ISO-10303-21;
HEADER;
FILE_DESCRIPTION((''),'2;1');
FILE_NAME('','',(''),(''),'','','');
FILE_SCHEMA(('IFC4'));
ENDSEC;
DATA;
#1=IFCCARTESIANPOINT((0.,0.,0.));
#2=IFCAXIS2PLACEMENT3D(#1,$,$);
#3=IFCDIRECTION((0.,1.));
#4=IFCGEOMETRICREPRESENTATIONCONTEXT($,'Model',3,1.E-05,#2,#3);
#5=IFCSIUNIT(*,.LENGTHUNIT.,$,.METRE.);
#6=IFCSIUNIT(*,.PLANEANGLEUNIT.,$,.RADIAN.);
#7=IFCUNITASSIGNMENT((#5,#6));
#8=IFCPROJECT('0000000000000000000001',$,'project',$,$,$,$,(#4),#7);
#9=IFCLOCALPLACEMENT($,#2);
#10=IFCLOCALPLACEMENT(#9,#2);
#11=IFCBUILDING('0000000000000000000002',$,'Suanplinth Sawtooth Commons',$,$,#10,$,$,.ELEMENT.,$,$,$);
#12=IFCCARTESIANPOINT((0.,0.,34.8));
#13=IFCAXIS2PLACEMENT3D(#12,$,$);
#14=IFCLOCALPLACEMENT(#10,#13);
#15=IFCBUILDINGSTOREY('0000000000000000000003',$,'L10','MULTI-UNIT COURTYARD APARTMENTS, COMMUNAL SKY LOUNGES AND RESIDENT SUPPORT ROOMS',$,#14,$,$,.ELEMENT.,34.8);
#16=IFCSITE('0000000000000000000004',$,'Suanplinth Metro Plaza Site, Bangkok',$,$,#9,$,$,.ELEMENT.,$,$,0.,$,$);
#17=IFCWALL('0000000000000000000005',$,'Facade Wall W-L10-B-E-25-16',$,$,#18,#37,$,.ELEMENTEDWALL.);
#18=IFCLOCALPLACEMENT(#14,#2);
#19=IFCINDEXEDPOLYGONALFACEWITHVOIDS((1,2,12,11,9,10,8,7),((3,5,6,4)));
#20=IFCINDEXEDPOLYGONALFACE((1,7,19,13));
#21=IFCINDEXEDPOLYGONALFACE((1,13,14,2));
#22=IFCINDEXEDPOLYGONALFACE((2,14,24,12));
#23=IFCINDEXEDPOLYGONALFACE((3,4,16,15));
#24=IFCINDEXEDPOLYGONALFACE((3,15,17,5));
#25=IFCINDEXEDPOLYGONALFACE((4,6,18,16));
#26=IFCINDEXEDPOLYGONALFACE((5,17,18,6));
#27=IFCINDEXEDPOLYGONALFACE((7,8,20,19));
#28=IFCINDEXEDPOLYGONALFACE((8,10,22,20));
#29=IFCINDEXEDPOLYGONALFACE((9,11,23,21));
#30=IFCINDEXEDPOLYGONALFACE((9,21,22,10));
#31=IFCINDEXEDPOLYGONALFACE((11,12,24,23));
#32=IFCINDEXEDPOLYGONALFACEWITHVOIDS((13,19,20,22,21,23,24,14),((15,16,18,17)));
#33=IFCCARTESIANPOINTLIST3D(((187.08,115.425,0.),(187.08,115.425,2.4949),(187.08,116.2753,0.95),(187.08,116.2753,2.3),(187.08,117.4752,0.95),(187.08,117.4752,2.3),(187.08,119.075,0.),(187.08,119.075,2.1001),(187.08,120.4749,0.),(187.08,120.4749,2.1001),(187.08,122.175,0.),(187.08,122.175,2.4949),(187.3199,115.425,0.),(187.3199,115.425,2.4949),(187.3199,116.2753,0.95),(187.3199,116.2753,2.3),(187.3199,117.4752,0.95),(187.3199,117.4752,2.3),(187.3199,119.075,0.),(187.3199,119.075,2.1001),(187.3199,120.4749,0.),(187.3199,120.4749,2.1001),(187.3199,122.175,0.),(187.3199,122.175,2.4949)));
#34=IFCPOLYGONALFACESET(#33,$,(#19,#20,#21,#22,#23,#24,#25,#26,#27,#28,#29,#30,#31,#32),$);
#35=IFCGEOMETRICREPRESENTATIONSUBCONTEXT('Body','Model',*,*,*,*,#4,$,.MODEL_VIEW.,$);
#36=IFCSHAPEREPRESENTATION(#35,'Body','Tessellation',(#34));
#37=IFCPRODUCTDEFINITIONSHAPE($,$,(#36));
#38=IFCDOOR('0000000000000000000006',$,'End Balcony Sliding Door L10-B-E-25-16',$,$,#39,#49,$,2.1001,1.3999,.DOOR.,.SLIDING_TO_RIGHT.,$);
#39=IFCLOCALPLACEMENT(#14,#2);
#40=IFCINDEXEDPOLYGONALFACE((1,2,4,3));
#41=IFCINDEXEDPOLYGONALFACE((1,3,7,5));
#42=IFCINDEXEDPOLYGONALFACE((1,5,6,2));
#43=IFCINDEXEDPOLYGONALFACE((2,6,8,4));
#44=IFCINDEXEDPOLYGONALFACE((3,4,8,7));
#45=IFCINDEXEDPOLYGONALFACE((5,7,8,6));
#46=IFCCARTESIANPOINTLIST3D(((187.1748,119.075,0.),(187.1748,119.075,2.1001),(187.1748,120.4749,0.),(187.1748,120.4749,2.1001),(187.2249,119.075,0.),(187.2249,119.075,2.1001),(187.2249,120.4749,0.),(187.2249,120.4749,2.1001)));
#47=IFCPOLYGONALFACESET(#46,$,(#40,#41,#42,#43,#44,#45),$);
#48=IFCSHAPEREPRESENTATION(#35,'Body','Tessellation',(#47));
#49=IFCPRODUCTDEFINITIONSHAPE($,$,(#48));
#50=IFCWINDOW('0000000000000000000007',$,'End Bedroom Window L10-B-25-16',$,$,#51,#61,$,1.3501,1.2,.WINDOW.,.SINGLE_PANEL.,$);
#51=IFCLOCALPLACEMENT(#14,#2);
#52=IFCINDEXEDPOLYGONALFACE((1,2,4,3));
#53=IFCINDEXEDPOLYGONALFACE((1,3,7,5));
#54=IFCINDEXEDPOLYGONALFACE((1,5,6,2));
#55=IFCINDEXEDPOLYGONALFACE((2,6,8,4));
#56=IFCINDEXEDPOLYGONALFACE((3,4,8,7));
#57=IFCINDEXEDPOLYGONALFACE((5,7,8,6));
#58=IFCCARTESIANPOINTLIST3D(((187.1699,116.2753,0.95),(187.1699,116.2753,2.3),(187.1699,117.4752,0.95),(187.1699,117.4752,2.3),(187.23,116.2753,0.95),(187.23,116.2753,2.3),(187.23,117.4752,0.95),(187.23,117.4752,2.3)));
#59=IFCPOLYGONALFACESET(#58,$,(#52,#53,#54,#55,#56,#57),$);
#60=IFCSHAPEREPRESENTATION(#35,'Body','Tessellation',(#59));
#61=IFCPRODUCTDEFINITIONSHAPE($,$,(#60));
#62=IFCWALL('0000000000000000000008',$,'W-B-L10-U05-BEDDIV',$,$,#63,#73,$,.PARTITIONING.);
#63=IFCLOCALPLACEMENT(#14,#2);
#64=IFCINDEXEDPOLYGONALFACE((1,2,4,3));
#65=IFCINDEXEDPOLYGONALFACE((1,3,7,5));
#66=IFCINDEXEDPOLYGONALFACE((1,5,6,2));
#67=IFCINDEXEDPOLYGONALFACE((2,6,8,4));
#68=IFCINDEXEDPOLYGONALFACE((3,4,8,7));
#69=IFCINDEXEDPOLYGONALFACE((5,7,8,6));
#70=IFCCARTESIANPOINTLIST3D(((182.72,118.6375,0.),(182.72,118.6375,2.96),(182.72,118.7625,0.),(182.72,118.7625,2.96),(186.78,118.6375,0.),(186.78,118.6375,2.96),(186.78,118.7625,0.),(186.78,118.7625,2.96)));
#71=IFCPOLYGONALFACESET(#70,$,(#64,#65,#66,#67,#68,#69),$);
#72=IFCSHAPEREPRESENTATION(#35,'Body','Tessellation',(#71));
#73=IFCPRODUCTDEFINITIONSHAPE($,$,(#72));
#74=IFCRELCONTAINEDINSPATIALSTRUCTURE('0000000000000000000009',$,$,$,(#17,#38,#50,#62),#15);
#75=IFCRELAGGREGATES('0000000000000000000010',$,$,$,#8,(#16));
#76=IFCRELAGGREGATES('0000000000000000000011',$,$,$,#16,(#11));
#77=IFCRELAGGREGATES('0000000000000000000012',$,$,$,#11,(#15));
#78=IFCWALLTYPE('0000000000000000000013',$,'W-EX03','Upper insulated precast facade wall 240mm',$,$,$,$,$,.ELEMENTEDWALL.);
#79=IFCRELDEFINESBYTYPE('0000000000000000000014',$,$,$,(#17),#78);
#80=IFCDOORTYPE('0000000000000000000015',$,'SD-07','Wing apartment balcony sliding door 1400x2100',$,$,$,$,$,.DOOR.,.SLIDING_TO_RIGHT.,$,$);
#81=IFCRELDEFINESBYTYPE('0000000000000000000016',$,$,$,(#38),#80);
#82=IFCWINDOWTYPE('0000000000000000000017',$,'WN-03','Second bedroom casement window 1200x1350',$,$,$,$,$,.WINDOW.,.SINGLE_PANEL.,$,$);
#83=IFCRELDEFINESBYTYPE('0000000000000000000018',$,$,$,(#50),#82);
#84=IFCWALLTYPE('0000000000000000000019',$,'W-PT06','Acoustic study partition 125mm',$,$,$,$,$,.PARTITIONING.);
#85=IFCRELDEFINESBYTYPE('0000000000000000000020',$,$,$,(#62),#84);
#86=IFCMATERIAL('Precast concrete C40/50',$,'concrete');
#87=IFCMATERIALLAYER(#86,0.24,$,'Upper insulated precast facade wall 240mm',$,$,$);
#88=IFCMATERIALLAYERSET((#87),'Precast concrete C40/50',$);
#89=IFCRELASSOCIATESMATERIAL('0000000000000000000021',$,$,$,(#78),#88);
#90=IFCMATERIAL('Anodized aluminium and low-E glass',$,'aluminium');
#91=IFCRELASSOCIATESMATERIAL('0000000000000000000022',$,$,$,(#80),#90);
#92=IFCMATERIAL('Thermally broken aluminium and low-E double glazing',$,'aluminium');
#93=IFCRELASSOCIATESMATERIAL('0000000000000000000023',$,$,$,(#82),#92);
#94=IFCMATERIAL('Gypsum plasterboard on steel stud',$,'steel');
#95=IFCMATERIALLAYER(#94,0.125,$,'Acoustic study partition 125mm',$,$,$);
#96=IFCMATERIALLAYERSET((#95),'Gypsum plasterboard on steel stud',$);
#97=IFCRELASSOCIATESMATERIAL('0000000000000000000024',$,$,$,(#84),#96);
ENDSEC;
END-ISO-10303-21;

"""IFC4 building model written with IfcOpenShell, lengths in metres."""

from ifc_helpers import new_model, si_unit, direction, frame, frame_2d, origin, place, context, subcontext, project, spatial, rectangle, extrude, material, layer, layer_set, type_object, element, fill, save


model = new_model("IFC4")

# Units and contexts
model_context = context("Model", 3, precision=1e-05, world=origin(), true_north=direction((0.0, 1.0)))
body_context = subcontext(model_context, "Body", "Model", "MODEL_VIEW")
ifc_project = project(units=[si_unit("LENGTHUNIT", "METRE"), si_unit("PLANEANGLEUNIT", "RADIAN")], contexts=[model_context])

# Site, building, storey
site_placement = place(None, origin())
site = spatial("IfcSite", under=ifc_project, at=site_placement, Name="Suanplinth Metro Plaza Site, Bangkok", CompositionType="ELEMENT", RefElevation=0.0)
building_placement = place(site_placement, origin())
building = spatial("IfcBuilding", under=site, at=building_placement, Name="Suanplinth Sawtooth Commons", CompositionType="ELEMENT")
storey_placement = place(building_placement, frame((0.0, 0.0, 34.8)))
storey = spatial("IfcBuildingStorey", under=building, at=storey_placement, Name="L10", Description="MULTI-UNIT COURTYARD APARTMENTS, COMMUNAL SKY LOUNGES AND RESIDENT SUPPORT ROOMS", CompositionType="ELEMENT", Elevation=34.8)

# Shared definitions
ifc_material_1 = material(Name="Precast concrete C40/50", Category="concrete")

# Wall, openings, door, window
ifc_layer_1 = layer(ifc_material_1, 0.24, Name="Upper insulated precast facade wall 240mm")
ifc_layer_set_1 = layer_set([ifc_layer_1], Name="Precast concrete C40/50")
wall_type_1 = type_object("IfcWallType", Name="W-EX03", Description="Upper insulated precast facade wall 240mm", PredefinedType="ELEMENTEDWALL", material=ifc_layer_set_1)
wall_1_placement = place(storey_placement, frame((187.2, 115.425, 0.0), z_axis=(0.0, 0.0, 1.0), x_axis=(0.0, 1.0, 0.0)))
wall_1 = element("IfcWall", 1, at=wall_1_placement, inside=storey, type_object=wall_type_1, Name="Facade Wall W-L10-B-E-25-16", PredefinedType="ELEMENTEDWALL", context=body_context, shape_type="SweptSolid", body=[
    extrude(rectangle(XDim=6.75, YDim=0.24, at=frame_2d((3.375, 0.0))), origin(), (0.0, 0.0, 1.0), 2.4949),
])
opening_1_placement = place(wall_1_placement, frame((3.6499, 0.0, 0.0)))
opening_1 = element("IfcOpeningElement", 2, at=opening_1_placement, cuts=wall_1, PredefinedType="OPENING", context=body_context, shape_type="SweptSolid", body=[
    extrude(rectangle(XDim=1.3999, YDim=2.1001, at=frame_2d((0.7, 1.05))), frame((0.0, 0.1348, 0.0), z_axis=(0.0, -1.0, 0.0), x_axis=(1.0, 0.0, 0.0)), (0.0, 0.0, 1.0), 0.2698),
])
opening_2_placement = place(wall_1_placement, frame((0.8501, 0.0, 0.95)))
opening_2 = element("IfcOpeningElement", 3, at=opening_2_placement, cuts=wall_1, PredefinedType="OPENING", context=body_context, shape_type="SweptSolid", body=[
    extrude(rectangle(XDim=1.2, YDim=1.3501, at=frame_2d((0.6001, 0.675))), frame((0.0, 0.1348, 0.0), z_axis=(0.0, -1.0, 0.0), x_axis=(1.0, 0.0, 0.0)), (0.0, 0.0, 1.0), 0.2698),
])
ifc_material_2 = material(Name="Anodized aluminium and low-E glass", Category="aluminium")
door_type_1 = type_object("IfcDoorType", Name="SD-07", Description="Wing apartment balcony sliding door 1400x2100", OperationType="SLIDING_TO_RIGHT", PredefinedType="DOOR", material=ifc_material_2)
door_1_placement = place(opening_1_placement, frame((1.3999, 0.0, 0.0), z_axis=(0.0, 0.0, 1.0), x_axis=(-1.0, 0.0, 0.0)))
door_1 = element("IfcDoor", 4, at=door_1_placement, inside=storey, type_object=door_type_1, Name="End Balcony Sliding Door L10-B-E-25-16", OperationType="SLIDING_TO_RIGHT", OverallHeight=2.1001, OverallWidth=1.3999, PredefinedType="DOOR", context=body_context, shape_type="SweptSolid", body=[
    extrude(rectangle(XDim=1.3999, YDim=2.1001, at=frame_2d((0.7, 1.05))), frame((0.0, 0.0249, 0.0), z_axis=(0.0, -1.0, 0.0), x_axis=(1.0, 0.0, 0.0)), (0.0, 0.0, 1.0), 0.05),
])
fill(opening_1, door_1)
ifc_material_3 = material(Name="Thermally broken aluminium and low-E double glazing", Category="aluminium")
window_type = type_object("IfcWindowType", Name="WN-03", Description="Second bedroom casement window 1200x1350", PartitioningType="SINGLE_PANEL", PredefinedType="WINDOW", material=ifc_material_3)
window_placement = place(opening_2_placement, origin())
window = element("IfcWindow", 5, at=window_placement, inside=storey, type_object=window_type, Name="End Bedroom Window L10-B-25-16", OverallHeight=1.3501, OverallWidth=1.2, PartitioningType="SINGLE_PANEL", PredefinedType="WINDOW", context=body_context, shape_type="SweptSolid", body=[
    extrude(rectangle(XDim=1.2, YDim=1.3501, at=frame_2d((0.6001, 0.675))), frame((0.0, 0.03, 0.0), z_axis=(0.0, -1.0, 0.0), x_axis=(1.0, 0.0, 0.0)), (0.0, 0.0, 1.0), 0.0601),
])
fill(opening_2, window)

# Shared definitions
ifc_material_4 = material(Name="Gypsum plasterboard on steel stud", Category="steel")

# Wall
ifc_layer_2 = layer(ifc_material_4, 0.125, Name="Acoustic study partition 125mm")
ifc_layer_set_2 = layer_set([ifc_layer_2], Name="Gypsum plasterboard on steel stud")
wall_type_2 = type_object("IfcWallType", Name="W-PT06", Description="Acoustic study partition 125mm", PredefinedType="PARTITIONING", material=ifc_layer_set_2)
wall_2_placement = place(storey_placement, frame((182.72, 118.7, 0.0), z_axis=(0.0, 0.0, 1.0), x_axis=(1.0, 0.0, 0.0)))
element("IfcWall", 6, at=wall_2_placement, inside=storey, type_object=wall_type_2, Name="W-B-L10-U05-BEDDIV", PredefinedType="PARTITIONING", context=body_context, shape_type="SweptSolid", body=[
    extrude(rectangle(XDim=4.0601, YDim=0.125, at=frame_2d((2.03, 0.0))), origin(), (0.0, 0.0, 1.0), 2.96),
])

save(model, "model.ifc")
